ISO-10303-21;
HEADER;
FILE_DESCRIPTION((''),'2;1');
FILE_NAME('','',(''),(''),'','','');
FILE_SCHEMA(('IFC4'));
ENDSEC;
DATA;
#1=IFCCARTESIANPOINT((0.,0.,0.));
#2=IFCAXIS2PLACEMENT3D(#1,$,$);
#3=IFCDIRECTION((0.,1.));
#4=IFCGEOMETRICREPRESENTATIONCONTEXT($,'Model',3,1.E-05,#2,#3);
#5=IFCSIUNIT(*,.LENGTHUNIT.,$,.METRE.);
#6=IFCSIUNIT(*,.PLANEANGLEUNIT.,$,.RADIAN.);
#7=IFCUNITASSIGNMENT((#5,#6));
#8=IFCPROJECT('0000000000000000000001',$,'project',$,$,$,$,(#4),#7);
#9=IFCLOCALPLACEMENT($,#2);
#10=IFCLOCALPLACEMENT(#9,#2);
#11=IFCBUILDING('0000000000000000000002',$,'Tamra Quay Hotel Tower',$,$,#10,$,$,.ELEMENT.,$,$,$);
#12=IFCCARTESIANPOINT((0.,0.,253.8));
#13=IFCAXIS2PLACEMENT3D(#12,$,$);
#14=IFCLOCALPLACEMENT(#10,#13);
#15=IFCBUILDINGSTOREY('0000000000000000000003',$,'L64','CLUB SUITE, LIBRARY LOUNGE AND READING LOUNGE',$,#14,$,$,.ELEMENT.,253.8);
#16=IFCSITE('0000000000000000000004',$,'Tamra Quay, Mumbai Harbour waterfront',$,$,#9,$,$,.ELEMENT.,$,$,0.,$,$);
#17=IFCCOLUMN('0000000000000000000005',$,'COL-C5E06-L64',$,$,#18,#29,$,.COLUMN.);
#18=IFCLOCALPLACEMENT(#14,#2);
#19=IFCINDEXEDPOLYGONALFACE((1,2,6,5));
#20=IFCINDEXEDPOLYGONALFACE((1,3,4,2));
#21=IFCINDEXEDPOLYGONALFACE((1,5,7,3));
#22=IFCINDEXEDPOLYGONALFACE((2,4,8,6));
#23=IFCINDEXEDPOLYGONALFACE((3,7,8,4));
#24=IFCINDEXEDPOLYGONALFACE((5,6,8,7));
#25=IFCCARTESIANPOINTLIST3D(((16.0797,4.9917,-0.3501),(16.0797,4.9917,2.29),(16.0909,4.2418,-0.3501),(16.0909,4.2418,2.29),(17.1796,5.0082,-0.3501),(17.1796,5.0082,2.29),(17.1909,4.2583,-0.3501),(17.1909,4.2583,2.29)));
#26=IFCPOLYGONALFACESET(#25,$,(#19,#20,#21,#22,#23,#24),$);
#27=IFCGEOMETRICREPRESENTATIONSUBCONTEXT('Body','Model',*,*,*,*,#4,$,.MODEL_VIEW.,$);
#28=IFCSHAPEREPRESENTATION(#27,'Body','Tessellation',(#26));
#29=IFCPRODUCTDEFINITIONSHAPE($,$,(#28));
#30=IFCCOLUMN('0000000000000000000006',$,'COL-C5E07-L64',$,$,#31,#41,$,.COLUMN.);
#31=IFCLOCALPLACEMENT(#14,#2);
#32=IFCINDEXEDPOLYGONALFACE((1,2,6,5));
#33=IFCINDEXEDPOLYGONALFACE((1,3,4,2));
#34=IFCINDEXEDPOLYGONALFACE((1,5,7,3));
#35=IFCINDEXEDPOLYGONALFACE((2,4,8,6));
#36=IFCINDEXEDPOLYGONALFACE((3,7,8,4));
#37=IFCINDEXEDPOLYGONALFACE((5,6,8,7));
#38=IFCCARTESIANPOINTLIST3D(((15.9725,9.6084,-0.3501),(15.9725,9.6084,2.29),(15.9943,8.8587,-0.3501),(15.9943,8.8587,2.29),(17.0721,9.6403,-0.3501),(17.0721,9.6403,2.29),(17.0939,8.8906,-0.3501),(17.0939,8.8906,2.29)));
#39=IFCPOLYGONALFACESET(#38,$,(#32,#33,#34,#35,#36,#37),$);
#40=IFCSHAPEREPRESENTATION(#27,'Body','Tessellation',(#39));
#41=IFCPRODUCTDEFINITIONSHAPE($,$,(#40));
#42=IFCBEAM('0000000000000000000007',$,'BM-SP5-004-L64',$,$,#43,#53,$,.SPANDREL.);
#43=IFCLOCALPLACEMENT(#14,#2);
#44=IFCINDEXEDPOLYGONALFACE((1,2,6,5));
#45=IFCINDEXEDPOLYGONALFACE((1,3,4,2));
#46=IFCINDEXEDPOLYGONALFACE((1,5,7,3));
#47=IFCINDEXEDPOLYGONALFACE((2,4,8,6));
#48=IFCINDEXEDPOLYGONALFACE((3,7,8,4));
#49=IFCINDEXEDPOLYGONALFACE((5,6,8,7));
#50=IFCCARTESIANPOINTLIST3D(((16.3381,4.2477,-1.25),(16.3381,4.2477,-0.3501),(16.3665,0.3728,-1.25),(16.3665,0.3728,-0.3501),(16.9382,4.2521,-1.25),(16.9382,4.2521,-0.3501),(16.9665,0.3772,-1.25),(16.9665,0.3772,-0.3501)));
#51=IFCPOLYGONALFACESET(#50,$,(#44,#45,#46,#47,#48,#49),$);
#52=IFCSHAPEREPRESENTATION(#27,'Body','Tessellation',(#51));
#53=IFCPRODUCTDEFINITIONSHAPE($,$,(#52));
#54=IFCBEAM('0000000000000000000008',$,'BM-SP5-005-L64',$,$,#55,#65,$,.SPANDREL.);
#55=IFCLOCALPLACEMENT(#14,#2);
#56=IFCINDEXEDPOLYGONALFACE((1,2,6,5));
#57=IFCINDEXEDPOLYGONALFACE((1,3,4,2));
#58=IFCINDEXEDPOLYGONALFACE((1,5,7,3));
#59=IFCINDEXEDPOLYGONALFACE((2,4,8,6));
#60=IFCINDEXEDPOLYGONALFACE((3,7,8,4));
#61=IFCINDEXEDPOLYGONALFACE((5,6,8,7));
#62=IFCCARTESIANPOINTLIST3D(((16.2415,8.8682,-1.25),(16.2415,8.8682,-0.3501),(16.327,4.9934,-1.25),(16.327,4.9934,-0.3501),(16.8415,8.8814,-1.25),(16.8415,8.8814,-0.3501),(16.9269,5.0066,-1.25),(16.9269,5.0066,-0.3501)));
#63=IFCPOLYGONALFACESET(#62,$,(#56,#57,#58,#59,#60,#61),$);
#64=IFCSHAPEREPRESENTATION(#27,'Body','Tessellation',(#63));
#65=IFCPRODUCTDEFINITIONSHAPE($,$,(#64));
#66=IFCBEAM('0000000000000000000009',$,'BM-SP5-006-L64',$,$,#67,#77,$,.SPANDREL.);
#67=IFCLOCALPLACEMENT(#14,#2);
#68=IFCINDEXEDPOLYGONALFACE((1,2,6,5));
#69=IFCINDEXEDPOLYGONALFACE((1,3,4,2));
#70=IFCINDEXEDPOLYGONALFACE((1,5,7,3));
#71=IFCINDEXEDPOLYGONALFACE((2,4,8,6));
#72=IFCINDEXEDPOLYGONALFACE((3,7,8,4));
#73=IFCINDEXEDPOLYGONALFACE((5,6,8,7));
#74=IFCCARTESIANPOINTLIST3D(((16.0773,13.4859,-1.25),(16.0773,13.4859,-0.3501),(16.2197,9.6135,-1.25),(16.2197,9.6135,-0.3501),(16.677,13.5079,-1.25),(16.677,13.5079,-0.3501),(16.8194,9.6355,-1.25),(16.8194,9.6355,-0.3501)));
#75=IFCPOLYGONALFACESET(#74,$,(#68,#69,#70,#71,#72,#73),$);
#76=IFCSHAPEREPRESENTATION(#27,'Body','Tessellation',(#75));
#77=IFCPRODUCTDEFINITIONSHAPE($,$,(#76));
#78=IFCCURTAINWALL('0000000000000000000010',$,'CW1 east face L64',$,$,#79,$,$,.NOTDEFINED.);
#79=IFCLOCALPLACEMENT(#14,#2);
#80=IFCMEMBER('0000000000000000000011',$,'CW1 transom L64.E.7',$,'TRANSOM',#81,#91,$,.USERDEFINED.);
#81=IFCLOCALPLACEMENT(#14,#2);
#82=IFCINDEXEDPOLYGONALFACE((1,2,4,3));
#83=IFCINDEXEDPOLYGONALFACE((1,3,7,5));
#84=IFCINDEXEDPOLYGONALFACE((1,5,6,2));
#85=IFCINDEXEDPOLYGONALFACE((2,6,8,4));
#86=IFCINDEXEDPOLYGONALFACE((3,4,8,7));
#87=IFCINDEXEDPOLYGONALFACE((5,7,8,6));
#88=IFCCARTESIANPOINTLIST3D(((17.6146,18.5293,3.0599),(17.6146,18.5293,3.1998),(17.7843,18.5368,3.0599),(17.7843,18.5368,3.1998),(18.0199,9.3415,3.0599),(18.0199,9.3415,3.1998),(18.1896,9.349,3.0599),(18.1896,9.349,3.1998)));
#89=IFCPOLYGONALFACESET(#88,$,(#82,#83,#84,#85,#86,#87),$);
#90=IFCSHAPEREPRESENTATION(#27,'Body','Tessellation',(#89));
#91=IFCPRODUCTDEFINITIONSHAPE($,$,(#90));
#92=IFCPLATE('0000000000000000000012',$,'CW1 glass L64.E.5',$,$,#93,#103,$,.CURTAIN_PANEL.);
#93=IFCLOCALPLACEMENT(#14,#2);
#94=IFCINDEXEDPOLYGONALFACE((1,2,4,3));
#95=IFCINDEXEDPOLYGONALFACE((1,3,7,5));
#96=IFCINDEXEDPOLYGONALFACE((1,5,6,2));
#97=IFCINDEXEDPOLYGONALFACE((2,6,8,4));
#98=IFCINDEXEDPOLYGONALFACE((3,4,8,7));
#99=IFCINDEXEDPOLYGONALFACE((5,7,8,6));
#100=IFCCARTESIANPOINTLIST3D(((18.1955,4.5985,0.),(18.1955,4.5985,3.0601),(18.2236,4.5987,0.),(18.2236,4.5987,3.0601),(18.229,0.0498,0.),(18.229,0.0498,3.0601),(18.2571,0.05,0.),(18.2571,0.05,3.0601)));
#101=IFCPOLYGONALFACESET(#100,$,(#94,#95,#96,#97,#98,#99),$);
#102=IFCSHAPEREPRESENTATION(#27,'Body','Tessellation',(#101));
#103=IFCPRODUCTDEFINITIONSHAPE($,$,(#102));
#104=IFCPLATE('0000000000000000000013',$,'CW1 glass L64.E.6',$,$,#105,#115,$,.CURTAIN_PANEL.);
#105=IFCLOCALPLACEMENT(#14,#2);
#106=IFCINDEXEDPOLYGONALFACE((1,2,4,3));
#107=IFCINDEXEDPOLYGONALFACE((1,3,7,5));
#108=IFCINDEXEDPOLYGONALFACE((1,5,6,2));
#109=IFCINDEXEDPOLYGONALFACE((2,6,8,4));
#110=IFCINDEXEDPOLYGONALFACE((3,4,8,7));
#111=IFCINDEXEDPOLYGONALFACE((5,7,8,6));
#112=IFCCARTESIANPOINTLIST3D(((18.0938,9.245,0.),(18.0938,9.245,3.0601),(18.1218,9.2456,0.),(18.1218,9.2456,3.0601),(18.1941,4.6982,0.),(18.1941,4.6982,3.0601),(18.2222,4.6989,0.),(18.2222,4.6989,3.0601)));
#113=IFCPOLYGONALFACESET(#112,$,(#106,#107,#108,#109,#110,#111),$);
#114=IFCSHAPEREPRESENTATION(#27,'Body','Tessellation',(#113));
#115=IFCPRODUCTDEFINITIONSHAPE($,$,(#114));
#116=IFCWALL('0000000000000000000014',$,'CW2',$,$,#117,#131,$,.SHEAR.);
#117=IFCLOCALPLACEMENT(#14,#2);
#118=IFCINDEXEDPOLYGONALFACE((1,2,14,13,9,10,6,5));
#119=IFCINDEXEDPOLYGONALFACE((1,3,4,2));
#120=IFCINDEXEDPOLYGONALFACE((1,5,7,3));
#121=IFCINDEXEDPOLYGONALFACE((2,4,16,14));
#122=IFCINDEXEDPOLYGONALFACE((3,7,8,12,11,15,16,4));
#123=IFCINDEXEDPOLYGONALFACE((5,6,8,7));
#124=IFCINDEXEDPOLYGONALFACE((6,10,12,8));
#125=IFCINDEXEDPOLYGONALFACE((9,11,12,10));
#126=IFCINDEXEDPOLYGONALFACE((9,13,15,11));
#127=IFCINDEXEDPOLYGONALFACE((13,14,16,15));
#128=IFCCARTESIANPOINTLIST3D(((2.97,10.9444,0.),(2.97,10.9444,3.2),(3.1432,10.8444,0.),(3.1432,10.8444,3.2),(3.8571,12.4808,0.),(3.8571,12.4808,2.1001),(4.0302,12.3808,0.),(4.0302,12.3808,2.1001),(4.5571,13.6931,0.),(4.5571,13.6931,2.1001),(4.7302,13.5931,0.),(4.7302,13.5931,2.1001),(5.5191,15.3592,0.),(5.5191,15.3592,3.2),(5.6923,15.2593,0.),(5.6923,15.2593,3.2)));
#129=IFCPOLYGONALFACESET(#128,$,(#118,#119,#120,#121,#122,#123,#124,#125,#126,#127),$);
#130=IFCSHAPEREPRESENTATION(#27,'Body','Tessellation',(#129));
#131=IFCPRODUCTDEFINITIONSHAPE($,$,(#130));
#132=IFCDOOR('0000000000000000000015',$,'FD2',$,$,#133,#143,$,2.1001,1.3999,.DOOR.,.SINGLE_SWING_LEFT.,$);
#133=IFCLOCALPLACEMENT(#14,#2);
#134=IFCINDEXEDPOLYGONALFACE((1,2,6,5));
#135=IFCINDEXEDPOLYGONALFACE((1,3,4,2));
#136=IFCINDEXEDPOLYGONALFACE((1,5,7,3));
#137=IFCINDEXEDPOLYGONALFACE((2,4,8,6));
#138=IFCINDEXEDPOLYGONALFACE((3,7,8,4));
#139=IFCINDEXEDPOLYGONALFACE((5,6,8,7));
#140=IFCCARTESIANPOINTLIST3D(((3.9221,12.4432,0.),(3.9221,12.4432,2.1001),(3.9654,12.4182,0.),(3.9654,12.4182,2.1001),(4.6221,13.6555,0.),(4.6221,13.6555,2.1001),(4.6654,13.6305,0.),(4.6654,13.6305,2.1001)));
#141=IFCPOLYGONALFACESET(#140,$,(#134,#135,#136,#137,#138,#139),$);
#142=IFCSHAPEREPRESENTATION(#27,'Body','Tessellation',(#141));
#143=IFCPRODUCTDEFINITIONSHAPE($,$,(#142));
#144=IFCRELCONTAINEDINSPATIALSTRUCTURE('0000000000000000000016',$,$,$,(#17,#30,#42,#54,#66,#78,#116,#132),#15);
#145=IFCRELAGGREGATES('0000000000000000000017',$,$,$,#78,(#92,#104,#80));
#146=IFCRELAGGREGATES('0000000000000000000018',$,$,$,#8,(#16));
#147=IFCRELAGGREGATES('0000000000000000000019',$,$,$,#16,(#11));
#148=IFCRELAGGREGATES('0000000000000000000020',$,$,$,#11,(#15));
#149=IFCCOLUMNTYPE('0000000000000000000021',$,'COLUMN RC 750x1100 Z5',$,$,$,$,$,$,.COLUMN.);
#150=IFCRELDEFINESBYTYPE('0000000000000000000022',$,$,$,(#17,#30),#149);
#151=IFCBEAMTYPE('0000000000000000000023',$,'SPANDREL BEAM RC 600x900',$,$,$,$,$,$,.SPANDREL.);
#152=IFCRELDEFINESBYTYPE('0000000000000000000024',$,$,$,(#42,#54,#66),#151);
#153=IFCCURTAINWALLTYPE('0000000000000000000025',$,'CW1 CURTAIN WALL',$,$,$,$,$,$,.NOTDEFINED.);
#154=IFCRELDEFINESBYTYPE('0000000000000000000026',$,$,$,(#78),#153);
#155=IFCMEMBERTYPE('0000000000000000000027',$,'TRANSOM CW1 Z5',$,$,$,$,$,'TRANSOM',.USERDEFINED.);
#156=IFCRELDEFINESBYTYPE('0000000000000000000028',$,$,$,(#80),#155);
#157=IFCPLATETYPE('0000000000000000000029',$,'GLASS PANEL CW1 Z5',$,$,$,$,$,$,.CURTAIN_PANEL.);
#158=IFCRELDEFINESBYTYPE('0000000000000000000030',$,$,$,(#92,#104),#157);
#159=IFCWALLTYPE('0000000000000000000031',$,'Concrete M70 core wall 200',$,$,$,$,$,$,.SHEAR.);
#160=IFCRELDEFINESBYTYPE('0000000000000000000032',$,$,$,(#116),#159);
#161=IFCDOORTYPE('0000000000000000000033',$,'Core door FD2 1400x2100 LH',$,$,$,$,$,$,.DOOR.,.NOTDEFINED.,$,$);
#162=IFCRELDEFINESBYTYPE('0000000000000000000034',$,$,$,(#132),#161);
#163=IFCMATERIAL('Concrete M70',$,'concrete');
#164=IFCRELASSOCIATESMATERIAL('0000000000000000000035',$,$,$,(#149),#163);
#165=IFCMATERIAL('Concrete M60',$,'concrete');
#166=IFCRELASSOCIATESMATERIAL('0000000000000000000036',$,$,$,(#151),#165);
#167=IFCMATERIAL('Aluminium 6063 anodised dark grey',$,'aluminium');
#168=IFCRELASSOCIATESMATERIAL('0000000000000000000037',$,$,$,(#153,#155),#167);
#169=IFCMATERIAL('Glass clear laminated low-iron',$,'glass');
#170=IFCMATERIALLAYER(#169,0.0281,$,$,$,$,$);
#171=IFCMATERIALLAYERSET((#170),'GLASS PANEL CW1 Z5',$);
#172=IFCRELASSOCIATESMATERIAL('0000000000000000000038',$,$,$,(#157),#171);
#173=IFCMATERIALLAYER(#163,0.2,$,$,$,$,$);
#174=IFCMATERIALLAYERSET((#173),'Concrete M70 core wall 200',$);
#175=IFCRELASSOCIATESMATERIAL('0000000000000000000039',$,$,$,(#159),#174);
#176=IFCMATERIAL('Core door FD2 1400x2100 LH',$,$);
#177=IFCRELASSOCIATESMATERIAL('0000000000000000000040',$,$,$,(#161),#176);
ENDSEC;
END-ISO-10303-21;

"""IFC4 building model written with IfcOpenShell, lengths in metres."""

from ifc_helpers import new_model, si_unit, direction, frame, frame_2d, origin, origin_2d, place, context, subcontext, project, spatial, rectangle, extrude, material, layer, layer_set, material_profile, profile_set, type_object, element, fill, aggregate, save


model = new_model("IFC4")

# Units and contexts
model_context = context("Model", 3, precision=1e-05, world=origin(), true_north=direction((0.0, 1.0)))
body_context = subcontext(model_context, "Body", "Model", "MODEL_VIEW")
ifc_project = project(units=[si_unit("LENGTHUNIT", "METRE"), si_unit("PLANEANGLEUNIT", "RADIAN")], contexts=[model_context])

# Site, building, storey
site_placement = place(None, origin())
site = spatial("IfcSite", under=ifc_project, at=site_placement, Name="Tamra Quay, Mumbai Harbour waterfront", CompositionType="ELEMENT", RefElevation=0.0)
building_placement = place(site_placement, origin())
building = spatial("IfcBuilding", under=site, at=building_placement, Name="Tamra Quay Hotel Tower", CompositionType="ELEMENT")
storey_placement = place(building_placement, frame((0.0, 0.0, 253.8)))
storey = spatial("IfcBuildingStorey", under=building, at=storey_placement, Name="L64", Description="CLUB SUITE, LIBRARY LOUNGE AND READING LOUNGE", CompositionType="ELEMENT", Elevation=253.8)

# Columns
ifc_material_1 = material(Name="Concrete M70", Category="concrete")
ifc_material_profile_1 = material_profile(ifc_material_1, rectangle(XDim=1.1001, YDim=0.75, at=origin_2d()), Name="COLUMN RC 750x1100 Z5")
ifc_profile_set_1 = profile_set([ifc_material_profile_1], Name="Concrete M70")
column_type = type_object("IfcColumnType", Name="COLUMN RC 750x1100 Z5", PredefinedType="COLUMN", material=ifc_profile_set_1)
for number, where, z_axis, x_axis, name in (
    (1, (16.6353, 4.625, -0.3501), (0.0, 0.0, 1.0), (0.999888, 0.014959, 0.0), "COL-C5E06-L64"),
    (2, (16.5332, 9.2495, -0.3501), (0.0, 0.0, 1.0), (0.999579, 0.029028, 0.0), "COL-C5E07-L64"),
):
    element("IfcColumn", number, at=place(storey_placement, frame(where, z_axis=z_axis, x_axis=x_axis)), inside=storey, type_object=column_type, Name=name, PredefinedType="COLUMN", context=body_context, shape_type="SweptSolid", body=[
        extrude(rectangle(XDim=1.1001, YDim=0.75, at=origin_2d()), origin(), (0.0, 0.0, 1.0), 2.6401),
    ])

# Beams
ifc_material_2 = material(Name="Concrete M60", Category="concrete")
ifc_material_profile_2 = material_profile(ifc_material_2, rectangle(XDim=0.6001, YDim=0.8999, at=origin_2d()), Name="SPANDREL BEAM RC 600x900")
ifc_profile_set_2 = profile_set([ifc_material_profile_2], Name="Concrete M60")
beam_type = type_object("IfcBeamType", Name="SPANDREL BEAM RC 600x900", PredefinedType="SPANDREL", material=ifc_profile_set_2)
beam_1_placement = place(storey_placement, frame((16.6665, 0.375, -0.8), z_axis=(-0.007308, 0.999973, 0.0), x_axis=(-0.999973, -0.007308, 0.0)))
element("IfcBeam", 3, at=beam_1_placement, inside=storey, type_object=beam_type, Name="BM-SP5-004-L64", PredefinedType="SPANDREL", context=body_context, shape_type="SweptSolid", body=[
    extrude(rectangle(XDim=0.6001, YDim=0.8999, at=origin_2d()), origin(), (0.0, 0.0, 1.0), 3.875),
])
beam_2_placement = place(storey_placement, frame((16.627, 5.0, -0.8), z_axis=(-0.022047, 0.999757, 0.0), x_axis=(-0.999757, -0.022047, 0.0)))
element("IfcBeam", 4, at=beam_2_placement, inside=storey, type_object=beam_type, Name="BM-SP5-005-L64", PredefinedType="SPANDREL", context=body_context, shape_type="SweptSolid", body=[
    extrude(rectangle(XDim=0.6001, YDim=0.8999, at=origin_2d()), origin(), (0.0, 0.0, 1.0), 3.8757),
])
beam_3_placement = place(storey_placement, frame((16.5195, 9.6245, -0.8), z_axis=(-0.036732, 0.999325, 0.0), x_axis=(-0.999325, -0.036732, 0.0)))
element("IfcBeam", 5, at=beam_3_placement, inside=storey, type_object=beam_type, Name="BM-SP5-006-L64", PredefinedType="SPANDREL", context=body_context, shape_type="SweptSolid", body=[
    extrude(rectangle(XDim=0.6001, YDim=0.8999, at=origin_2d()), origin(), (0.0, 0.0, 1.0), 3.875),
])

# Curtain wall, member, plates
ifc_material_3 = material(Name="Aluminium 6063 anodised dark grey", Category="aluminium")
curtain_wall_type = type_object("IfcCurtainWallType", Name="CW1 CURTAIN WALL", PredefinedType="NOTDEFINED", material=ifc_material_3)
curtain_wall_placement = place(storey_placement, origin())
curtain_wall = element("IfcCurtainWall", 6, at=curtain_wall_placement, inside=storey, type_object=curtain_wall_type, Name="CW1 east face L64", PredefinedType="NOTDEFINED")
ifc_material_profile_3 = material_profile(ifc_material_3, rectangle(XDim=0.1699, YDim=0.1399, at=origin_2d()), Name="TRANSOM 170X140")
ifc_profile_set_3 = profile_set([ifc_material_profile_3], Name="Aluminium 6063 anodised dark grey")
member_type = type_object("IfcMemberType", Name="TRANSOM CW1 Z5", ElementType="TRANSOM", PredefinedType="USERDEFINED", material=ifc_profile_set_3)
member_placement = place(storey_placement, frame((18.1047, 9.3452, 3.1299), z_axis=(-0.044067, 0.999029, 0.0), x_axis=(-0.999029, -0.044067, 0.0)))
member = element("IfcMember", 7, at=member_placement, type_object=member_type, Name="CW1 transom L64.E.7", ObjectType="TRANSOM", PredefinedType="USERDEFINED", context=body_context, shape_type="SweptSolid", body=[
    extrude(rectangle(XDim=0.1699, YDim=0.1399, at=origin_2d()), origin(), (0.0, 0.0, 1.0), 9.1968),
])
ifc_material_4 = material(Name="Glass clear laminated low-iron", Category="glass")
ifc_layer_1 = layer(ifc_material_4, 0.0281)
ifc_layer_set_1 = layer_set([ifc_layer_1], Name="GLASS PANEL CW1 Z5")
plate_type = type_object("IfcPlateType", Name="GLASS PANEL CW1 Z5", PredefinedType="CURTAIN_PANEL", material=ifc_layer_set_1)
plate_1_placement = place(storey_placement, frame((18.2263, 2.3242, 0.0), z_axis=(0.0, 0.0, 1.0), x_axis=(-0.007362, 0.999973, 0.0)))
plate_1 = element("IfcPlate", 8, at=plate_1_placement, type_object=plate_type, Name="CW1 glass L64.E.5", PredefinedType="CURTAIN_PANEL", context=body_context, shape_type="SweptSolid", body=[
    extrude(rectangle(XDim=4.5488, YDim=0.0281, at=origin_2d()), origin(), (0.0, 0.0, 1.0), 3.0601),
])
plate_2_placement = place(storey_placement, frame((18.158, 6.9719, 0.0), z_axis=(0.0, 0.0, 1.0), x_axis=(-0.022063, 0.999757, 0.0)))
plate_2 = element("IfcPlate", 9, at=plate_2_placement, type_object=plate_type, Name="CW1 glass L64.E.6", PredefinedType="CURTAIN_PANEL", context=body_context, shape_type="SweptSolid", body=[
    extrude(rectangle(XDim=4.5479, YDim=0.0281, at=origin_2d()), origin(), (0.0, 0.0, 1.0), 3.0601),
])
aggregate(curtain_wall, [plate_1, plate_2, member])

# Wall, opening, door
ifc_layer_2 = layer(ifc_material_1, 0.2)
ifc_layer_set_2 = layer_set([ifc_layer_2], Name="Concrete M70 core wall 200")
wall_type_1 = type_object("IfcWallType", Name="Concrete M70 core wall 200", PredefinedType="SHEAR", material=ifc_layer_set_2)
wall_1_placement = place(storey_placement, frame((3.0566, 10.8945, 0.0), z_axis=(0.0, 0.0, 1.0), x_axis=(0.500028, 0.866009, 0.0)))
wall_1 = element("IfcWall", 10, at=wall_1_placement, inside=storey, type_object=wall_type_1, Name="CW2", PredefinedType="SHEAR", context=body_context, shape_type="SweptSolid", body=[
    extrude(rectangle(XDim=5.0979, YDim=0.2, at=frame_2d((2.5488, 0.0))), origin(), (0.0, 0.0, 1.0), 3.2),
])
opening_1_placement = place(wall_1_placement, frame((1.7739, 0.0, 0.0)))
opening_1 = element("IfcOpeningElement", 11, at=opening_1_placement, cuts=wall_1, PredefinedType="OPENING", context=body_context, shape_type="SweptSolid", body=[
    extrude(rectangle(XDim=1.3999, YDim=2.1001, at=frame_2d((0.7, 1.05))), frame((0.0, 0.1099, 0.0), z_axis=(0.0, -1.0, 0.0), x_axis=(1.0, 0.0, 0.0)), (0.0, 0.0, 1.0), 0.22),
])
ifc_material_5 = material(Name="Core door FD2 1400x2100 LH")
door_type_1 = type_object("IfcDoorType", Name="Core door FD2 1400x2100 LH", OperationType="NOTDEFINED", PredefinedType="DOOR", material=ifc_material_5)
door_1_placement = place(opening_1_placement, origin())
door_1 = element("IfcDoor", 12, at=door_1_placement, inside=storey, type_object=door_type_1, Name="FD2", OperationType="SINGLE_SWING_LEFT", OverallHeight=2.1001, OverallWidth=1.3999, PredefinedType="DOOR", context=body_context, shape_type="SweptSolid", body=[
    extrude(rectangle(XDim=1.3999, YDim=2.1001, at=frame_2d((0.7, 1.05))), frame((0.0, 0.0249, 0.0), z_axis=(0.0, -1.0, 0.0), x_axis=(1.0, 0.0, 0.0)), (0.0, 0.0, 1.0), 0.05),
])
fill(opening_1, door_1)

save(model, "model.ifc")
